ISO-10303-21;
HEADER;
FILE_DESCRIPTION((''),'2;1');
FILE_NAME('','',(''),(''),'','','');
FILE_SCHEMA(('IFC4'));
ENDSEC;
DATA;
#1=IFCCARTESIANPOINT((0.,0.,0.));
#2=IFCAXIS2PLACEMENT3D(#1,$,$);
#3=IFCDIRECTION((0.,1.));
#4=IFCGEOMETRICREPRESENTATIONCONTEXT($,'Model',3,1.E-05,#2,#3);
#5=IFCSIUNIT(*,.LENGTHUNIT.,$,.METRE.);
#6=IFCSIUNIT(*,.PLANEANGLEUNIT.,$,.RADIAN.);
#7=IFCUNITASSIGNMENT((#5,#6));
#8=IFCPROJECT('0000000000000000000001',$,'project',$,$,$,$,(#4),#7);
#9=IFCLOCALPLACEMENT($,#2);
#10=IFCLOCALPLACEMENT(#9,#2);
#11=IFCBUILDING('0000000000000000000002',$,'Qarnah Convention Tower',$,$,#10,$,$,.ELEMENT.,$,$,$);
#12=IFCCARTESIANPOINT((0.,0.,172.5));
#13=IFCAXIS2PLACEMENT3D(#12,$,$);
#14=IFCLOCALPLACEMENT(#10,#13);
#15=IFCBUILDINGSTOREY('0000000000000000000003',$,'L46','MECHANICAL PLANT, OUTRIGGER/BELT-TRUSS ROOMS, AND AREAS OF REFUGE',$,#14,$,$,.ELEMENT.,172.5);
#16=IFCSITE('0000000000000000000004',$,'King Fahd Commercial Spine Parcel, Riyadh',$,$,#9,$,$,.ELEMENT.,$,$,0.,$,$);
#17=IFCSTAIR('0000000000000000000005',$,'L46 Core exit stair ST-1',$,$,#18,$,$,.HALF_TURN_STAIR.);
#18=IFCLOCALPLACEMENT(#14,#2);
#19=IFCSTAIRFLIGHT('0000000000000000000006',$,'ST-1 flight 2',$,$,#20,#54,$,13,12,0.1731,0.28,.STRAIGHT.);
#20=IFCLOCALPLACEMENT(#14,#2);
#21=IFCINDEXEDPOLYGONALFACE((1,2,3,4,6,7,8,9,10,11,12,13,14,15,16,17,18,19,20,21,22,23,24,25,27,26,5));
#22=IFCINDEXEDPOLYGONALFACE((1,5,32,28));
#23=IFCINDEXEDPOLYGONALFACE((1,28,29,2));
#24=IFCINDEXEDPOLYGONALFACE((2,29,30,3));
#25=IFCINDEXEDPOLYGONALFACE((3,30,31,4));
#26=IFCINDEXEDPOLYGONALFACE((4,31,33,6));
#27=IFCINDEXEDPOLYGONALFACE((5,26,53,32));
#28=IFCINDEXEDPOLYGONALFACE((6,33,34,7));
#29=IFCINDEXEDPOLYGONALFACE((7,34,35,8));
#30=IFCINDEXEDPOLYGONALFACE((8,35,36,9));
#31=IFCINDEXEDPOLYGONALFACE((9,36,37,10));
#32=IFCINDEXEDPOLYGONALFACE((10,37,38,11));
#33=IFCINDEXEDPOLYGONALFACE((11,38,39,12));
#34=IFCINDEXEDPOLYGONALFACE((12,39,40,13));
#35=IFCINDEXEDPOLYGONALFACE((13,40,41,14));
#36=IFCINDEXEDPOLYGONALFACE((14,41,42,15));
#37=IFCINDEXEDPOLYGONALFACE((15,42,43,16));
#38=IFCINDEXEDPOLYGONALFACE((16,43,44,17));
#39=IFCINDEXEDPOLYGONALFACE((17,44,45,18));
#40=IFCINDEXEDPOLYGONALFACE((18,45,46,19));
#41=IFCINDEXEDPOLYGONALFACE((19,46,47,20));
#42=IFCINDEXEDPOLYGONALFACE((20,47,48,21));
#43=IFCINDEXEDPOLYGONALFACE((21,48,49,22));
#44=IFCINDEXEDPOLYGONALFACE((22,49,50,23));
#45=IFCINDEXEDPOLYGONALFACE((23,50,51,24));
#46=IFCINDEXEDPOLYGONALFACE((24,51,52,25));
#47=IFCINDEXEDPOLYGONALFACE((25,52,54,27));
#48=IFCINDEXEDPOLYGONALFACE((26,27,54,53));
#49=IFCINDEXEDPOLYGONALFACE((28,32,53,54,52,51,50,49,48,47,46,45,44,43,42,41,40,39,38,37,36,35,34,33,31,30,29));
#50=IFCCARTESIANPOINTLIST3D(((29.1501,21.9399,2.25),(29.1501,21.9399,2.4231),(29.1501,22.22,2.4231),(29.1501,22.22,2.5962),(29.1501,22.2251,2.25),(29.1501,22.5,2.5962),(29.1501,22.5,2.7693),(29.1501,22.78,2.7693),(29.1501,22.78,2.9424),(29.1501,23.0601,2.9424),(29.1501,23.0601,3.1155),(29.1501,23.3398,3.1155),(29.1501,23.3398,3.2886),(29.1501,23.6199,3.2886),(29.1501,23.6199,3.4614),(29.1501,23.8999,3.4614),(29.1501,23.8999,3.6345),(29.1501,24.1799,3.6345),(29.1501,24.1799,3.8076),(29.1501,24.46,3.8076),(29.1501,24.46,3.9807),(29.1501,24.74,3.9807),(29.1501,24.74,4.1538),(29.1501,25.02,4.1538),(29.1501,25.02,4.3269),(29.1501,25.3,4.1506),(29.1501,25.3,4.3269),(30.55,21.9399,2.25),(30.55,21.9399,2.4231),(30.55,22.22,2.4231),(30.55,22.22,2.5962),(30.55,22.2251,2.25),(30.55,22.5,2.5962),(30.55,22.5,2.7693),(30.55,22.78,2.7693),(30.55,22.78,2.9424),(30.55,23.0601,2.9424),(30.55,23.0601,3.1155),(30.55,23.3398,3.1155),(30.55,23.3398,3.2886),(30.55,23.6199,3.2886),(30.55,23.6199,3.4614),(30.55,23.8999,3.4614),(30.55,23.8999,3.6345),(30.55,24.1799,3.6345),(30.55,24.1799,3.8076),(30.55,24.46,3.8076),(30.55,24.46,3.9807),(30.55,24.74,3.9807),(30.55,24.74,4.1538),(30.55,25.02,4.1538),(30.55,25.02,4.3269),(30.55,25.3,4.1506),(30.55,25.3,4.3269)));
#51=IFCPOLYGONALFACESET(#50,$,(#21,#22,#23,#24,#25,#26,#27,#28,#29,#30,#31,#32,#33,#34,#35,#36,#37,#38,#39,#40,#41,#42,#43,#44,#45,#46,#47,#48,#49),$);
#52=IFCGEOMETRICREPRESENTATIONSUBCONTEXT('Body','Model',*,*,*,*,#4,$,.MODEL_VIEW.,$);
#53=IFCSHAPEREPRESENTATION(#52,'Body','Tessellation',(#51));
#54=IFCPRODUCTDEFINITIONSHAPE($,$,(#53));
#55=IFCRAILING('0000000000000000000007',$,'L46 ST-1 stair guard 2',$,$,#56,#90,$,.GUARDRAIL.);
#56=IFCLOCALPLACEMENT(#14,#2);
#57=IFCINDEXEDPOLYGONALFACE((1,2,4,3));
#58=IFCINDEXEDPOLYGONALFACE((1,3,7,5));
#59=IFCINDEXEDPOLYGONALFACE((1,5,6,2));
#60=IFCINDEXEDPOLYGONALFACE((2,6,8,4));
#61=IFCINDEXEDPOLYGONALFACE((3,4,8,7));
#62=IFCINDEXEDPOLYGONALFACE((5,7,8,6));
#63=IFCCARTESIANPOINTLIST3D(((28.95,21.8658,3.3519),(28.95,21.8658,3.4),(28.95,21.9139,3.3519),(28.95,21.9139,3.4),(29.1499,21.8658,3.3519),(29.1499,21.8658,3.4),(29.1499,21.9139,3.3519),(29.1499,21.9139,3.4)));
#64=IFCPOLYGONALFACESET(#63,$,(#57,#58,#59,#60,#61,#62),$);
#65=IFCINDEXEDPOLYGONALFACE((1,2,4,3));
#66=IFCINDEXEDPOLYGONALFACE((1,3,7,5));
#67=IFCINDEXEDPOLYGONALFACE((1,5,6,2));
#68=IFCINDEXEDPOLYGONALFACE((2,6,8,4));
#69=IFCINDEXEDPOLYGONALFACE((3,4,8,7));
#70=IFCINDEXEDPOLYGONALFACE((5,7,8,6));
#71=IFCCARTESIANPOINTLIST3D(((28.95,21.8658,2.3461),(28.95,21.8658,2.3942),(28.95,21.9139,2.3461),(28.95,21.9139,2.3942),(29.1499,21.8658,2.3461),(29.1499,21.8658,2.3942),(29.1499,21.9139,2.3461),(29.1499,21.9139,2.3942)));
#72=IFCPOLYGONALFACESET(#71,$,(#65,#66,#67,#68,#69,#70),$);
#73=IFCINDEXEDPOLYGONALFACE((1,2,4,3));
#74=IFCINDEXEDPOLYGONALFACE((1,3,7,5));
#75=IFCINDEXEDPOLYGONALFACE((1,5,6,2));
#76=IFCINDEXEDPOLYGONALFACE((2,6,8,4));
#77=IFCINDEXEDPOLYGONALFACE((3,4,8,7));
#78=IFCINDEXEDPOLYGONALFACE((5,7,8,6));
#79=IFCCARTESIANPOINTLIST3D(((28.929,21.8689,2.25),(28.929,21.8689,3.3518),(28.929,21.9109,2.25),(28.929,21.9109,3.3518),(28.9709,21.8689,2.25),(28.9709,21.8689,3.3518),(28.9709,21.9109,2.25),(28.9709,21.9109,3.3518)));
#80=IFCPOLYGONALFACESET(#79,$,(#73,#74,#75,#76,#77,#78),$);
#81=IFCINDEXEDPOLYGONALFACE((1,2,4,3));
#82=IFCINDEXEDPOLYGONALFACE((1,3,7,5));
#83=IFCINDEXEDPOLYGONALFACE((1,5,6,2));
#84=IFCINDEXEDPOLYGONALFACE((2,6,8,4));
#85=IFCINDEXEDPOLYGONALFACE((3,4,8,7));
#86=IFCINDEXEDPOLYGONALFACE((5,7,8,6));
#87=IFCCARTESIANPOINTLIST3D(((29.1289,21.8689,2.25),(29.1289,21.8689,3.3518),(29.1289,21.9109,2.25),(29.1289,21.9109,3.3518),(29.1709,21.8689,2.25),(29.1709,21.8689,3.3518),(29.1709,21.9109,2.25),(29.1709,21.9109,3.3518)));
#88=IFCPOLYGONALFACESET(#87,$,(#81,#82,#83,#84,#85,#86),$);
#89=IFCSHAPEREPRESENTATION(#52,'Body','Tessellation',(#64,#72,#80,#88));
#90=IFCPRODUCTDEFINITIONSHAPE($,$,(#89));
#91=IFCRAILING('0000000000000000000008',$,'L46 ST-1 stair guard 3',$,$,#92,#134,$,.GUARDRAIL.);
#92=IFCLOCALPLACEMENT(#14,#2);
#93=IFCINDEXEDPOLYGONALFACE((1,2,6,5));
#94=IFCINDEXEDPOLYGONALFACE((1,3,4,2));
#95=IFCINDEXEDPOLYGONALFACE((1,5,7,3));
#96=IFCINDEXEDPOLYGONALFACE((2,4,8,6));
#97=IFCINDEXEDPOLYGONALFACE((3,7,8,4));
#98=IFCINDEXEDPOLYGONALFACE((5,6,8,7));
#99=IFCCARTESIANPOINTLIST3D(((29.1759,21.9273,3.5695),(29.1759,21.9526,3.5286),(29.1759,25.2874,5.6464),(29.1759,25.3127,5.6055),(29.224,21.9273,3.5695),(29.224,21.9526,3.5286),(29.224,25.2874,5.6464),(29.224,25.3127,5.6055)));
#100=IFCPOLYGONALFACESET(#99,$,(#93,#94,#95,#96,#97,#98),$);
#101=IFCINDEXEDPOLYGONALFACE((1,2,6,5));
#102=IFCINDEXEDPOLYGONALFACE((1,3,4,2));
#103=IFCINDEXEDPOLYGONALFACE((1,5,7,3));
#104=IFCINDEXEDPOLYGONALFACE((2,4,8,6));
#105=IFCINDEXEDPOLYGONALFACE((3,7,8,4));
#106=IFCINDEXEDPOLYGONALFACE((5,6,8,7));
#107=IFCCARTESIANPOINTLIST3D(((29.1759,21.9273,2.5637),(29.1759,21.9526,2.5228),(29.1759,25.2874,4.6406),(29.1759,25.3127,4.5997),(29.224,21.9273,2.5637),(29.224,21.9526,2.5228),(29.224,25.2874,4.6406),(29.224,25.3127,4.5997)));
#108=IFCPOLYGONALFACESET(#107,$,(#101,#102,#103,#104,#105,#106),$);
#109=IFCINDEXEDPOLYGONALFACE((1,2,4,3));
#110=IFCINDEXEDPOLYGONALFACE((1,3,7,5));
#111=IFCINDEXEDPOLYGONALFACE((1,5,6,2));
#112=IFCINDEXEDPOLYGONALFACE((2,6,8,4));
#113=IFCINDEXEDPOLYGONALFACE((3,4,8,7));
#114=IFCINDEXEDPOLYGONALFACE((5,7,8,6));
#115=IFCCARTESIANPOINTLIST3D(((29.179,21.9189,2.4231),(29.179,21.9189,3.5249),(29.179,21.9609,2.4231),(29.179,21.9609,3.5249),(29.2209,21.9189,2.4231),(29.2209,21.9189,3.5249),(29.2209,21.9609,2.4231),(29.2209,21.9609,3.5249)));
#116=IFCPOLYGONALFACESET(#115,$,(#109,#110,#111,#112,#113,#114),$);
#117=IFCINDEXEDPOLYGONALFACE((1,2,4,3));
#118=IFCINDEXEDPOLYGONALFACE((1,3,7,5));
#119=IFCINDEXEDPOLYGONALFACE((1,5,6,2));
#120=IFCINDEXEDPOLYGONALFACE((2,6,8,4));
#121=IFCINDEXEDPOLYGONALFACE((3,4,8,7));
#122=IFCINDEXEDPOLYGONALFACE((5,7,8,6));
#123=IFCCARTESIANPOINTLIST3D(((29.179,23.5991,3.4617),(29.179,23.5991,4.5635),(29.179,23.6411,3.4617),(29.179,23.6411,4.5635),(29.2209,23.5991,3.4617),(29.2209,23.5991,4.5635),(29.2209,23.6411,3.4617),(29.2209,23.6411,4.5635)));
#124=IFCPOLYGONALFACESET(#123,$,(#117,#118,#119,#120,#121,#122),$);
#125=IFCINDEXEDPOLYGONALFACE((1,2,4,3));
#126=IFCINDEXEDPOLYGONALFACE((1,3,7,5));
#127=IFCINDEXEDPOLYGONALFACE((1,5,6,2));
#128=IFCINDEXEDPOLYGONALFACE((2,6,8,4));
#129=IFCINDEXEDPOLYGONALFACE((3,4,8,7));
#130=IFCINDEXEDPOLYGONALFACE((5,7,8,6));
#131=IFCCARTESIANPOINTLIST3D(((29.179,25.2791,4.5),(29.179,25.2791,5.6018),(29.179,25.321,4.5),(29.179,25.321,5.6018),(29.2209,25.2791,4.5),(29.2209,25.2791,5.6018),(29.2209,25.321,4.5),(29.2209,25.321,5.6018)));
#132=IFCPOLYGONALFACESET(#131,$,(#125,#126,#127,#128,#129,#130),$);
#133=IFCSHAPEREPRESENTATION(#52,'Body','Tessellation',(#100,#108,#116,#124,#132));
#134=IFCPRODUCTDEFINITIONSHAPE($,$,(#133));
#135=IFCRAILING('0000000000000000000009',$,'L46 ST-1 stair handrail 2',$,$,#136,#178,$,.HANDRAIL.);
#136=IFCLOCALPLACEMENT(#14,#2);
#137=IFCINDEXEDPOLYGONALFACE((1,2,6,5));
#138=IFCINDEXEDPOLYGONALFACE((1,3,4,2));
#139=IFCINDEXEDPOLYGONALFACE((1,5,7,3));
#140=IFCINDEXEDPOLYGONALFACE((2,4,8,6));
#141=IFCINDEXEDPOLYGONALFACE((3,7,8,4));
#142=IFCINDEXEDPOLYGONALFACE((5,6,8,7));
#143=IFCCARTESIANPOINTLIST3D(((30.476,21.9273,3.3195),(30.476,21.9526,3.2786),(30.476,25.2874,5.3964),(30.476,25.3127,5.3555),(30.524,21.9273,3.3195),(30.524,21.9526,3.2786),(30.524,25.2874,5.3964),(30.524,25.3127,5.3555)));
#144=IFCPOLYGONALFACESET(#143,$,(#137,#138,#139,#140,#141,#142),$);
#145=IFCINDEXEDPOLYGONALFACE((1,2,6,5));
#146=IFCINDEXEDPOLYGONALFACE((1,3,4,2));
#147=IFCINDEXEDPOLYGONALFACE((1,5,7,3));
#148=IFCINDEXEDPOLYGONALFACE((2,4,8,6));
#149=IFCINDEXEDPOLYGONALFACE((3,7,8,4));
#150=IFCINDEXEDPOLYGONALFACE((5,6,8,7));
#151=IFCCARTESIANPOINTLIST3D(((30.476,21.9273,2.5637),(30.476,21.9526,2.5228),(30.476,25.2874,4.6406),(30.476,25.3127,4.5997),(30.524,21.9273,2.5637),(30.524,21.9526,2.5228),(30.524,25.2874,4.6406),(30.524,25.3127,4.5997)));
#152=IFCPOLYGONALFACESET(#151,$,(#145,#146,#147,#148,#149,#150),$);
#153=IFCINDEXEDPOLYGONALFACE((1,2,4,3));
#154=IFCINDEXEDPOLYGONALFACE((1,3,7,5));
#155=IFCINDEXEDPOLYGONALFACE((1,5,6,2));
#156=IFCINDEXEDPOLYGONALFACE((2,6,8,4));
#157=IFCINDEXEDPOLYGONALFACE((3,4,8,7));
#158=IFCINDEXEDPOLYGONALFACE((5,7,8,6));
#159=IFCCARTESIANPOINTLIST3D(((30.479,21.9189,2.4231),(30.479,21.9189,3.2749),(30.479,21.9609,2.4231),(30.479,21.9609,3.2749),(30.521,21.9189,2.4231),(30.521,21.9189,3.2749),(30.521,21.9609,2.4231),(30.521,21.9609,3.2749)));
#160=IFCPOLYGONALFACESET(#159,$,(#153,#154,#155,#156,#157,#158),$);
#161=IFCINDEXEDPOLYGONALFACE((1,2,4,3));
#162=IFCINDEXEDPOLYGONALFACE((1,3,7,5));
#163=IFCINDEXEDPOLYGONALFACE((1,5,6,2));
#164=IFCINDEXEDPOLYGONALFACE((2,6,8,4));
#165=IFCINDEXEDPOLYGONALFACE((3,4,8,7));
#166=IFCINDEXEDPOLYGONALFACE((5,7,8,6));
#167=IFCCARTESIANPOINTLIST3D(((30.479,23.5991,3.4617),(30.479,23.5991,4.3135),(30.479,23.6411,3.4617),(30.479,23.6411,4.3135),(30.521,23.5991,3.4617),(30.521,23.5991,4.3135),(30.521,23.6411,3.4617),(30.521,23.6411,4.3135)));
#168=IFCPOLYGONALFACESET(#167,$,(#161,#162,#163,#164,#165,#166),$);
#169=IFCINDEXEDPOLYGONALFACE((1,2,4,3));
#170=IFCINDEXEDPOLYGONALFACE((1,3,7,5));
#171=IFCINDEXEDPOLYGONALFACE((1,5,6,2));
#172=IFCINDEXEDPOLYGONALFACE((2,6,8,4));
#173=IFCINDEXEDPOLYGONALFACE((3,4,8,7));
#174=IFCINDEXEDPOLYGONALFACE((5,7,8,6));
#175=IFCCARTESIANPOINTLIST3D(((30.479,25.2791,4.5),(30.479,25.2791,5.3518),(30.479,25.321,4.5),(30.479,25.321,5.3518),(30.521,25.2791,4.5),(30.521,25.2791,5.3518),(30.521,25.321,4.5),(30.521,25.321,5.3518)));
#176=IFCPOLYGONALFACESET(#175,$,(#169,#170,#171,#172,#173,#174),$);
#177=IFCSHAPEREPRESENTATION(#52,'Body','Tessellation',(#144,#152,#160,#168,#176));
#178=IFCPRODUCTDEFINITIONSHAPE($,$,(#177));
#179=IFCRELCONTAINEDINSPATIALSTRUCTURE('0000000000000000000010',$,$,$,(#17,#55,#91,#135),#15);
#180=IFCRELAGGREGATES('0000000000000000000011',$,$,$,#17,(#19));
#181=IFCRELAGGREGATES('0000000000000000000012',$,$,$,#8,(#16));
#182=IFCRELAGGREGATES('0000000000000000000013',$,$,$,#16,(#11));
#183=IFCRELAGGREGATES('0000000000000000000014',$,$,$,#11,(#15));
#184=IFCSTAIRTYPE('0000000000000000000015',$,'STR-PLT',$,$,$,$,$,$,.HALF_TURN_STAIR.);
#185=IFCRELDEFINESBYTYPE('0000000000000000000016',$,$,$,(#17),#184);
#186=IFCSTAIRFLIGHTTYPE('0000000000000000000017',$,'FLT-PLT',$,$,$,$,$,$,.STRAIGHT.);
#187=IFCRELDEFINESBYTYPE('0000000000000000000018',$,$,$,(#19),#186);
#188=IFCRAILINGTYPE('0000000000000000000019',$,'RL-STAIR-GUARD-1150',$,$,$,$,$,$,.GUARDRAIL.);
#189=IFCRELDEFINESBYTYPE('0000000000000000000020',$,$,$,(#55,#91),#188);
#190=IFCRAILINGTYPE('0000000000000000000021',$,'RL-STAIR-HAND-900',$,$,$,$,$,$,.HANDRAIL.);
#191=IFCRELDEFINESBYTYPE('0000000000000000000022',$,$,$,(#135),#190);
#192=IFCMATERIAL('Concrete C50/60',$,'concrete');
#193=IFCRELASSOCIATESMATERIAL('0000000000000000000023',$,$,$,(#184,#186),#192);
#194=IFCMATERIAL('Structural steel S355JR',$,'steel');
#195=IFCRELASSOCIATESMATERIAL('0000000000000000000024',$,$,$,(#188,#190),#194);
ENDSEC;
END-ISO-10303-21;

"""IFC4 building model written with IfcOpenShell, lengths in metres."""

from ifc_helpers import new_model, si_unit, direction, frame, origin, origin_2d, place, context, subcontext, project, spatial, polyline, rectangle, outline, extrude, material, type_object, element, aggregate, save


model = new_model("IFC4")

# Units and contexts
model_context = context("Model", 3, precision=1e-05, world=origin(), true_north=direction((0.0, 1.0)))
body_context = subcontext(model_context, "Body", "Model", "MODEL_VIEW")
ifc_project = project(units=[si_unit("LENGTHUNIT", "METRE"), si_unit("PLANEANGLEUNIT", "RADIAN")], contexts=[model_context])

# Site, building, storey
site_placement = place(None, origin())
site = spatial("IfcSite", under=ifc_project, at=site_placement, Name="King Fahd Commercial Spine Parcel, Riyadh", CompositionType="ELEMENT", RefElevation=0.0)
building_placement = place(site_placement, origin())
building = spatial("IfcBuilding", under=site, at=building_placement, Name="Qarnah Convention Tower", CompositionType="ELEMENT")
storey_placement = place(building_placement, frame((0.0, 0.0, 172.5)))
storey = spatial("IfcBuildingStorey", under=building, at=storey_placement, Name="L46", Description="MECHANICAL PLANT, OUTRIGGER/BELT-TRUSS ROOMS, AND AREAS OF REFUGE", CompositionType="ELEMENT", Elevation=172.5)

# Shared definitions
ifc_material_1 = material(Name="Structural steel S355JR", Category="steel")

# Stair, stair flight
ifc_material_2 = material(Name="Concrete C50/60", Category="concrete")
stair_type = type_object("IfcStairType", Name="STR-PLT", PredefinedType="HALF_TURN_STAIR", material=ifc_material_2)
stair_placement = place(storey_placement, origin())
stair = element("IfcStair", 1, at=stair_placement, inside=storey, type_object=stair_type, Name="L46 Core exit stair ST-1", PredefinedType="HALF_TURN_STAIR")
stair_flight_type = type_object("IfcStairFlightType", Name="FLT-PLT", PredefinedType="STRAIGHT", material=ifc_material_2)
stair_flight_placement = place(storey_placement, frame((29.8501, 21.9399, 2.25), z_axis=(0.0, 0.0, 1.0), x_axis=(0.0, 1.0, 0.0)))
stair_flight = element("IfcStairFlight", 2, at=stair_flight_placement, type_object=stair_flight_type, Name="ST-1 flight 2", NumberOfRisers=13, NumberOfTreads=12, PredefinedType="STRAIGHT", RiserHeight=0.1731, TreadLength=0.28, context=body_context, shape_type="SweptSolid", body=[
    extrude(outline(polyline([(0.0, 0.0), (0.0, 0.1731), (0.28, 0.1731), (0.28, 0.3462), (0.5601, 0.3462), (0.5601, 0.5193), (0.8401, 0.5193), (0.8401, 0.6924), (1.1201, 0.6924), (1.1201, 0.8655), (1.3999, 0.8655), (1.3999, 1.0386), (1.6799, 1.0386), (1.6799, 1.2114), (1.96, 1.2114), (1.96, 1.3845), (2.24, 1.3845), (2.24, 1.5576), (2.52, 1.5576), (2.52, 1.7307), (2.8, 1.7307), (2.8, 1.9038), (3.0801, 1.9038), (3.0801, 2.0769), (3.3601, 2.0769), (3.3601, 2.25), (3.3601, 1.9006), (0.2852, 0.0), (0.0, 0.0)])), frame((0.0, 0.7, 0.0), z_axis=(0.0, -1.0, 0.0), x_axis=(1.0, 0.0, 0.0)), (0.0, 0.0, 1.0), 1.3999),
])
aggregate(stair, [stair_flight])

# Railings
railing_type_1 = type_object("IfcRailingType", Name="RL-STAIR-GUARD-1150", PredefinedType="GUARDRAIL", material=ifc_material_1)
railing_1_placement = place(storey_placement, frame((28.95, 21.8899, 2.25)))
element("IfcRailing", 3, at=railing_1_placement, inside=storey, type_object=railing_type_1, Name="L46 ST-1 stair guard 2", PredefinedType="GUARDRAIL", context=body_context, shape_type="SweptSolid", body=[
    extrude(rectangle(XDim=0.0481, YDim=0.0481, at=origin_2d()), frame((0.0, 0.0, 1.126), z_axis=(1.0, 0.0, 0.0), x_axis=(0.0, 1.0, 0.0)), (0.0, 0.0, 1.0), 0.2),
    extrude(rectangle(XDim=0.0481, YDim=0.0481, at=origin_2d()), frame((0.0, 0.0, 0.1201), z_axis=(1.0, 0.0, 0.0), x_axis=(0.0, 1.0, 0.0)), (0.0, 0.0, 1.0), 0.2),
    extrude(rectangle(XDim=0.042, YDim=0.042, at=origin_2d()), origin(), (0.0, 0.0, 1.0), 1.1018),
    extrude(rectangle(XDim=0.042, YDim=0.042, at=origin_2d()), frame((0.2, 0.0, 0.0)), (0.0, 0.0, 1.0), 1.1018),
])
railing_2_placement = place(storey_placement, frame((29.2, 21.9399, 2.4231)))
element("IfcRailing", 4, at=railing_2_placement, inside=storey, type_object=railing_type_1, Name="L46 ST-1 stair guard 3", PredefinedType="GUARDRAIL", context=body_context, shape_type="SweptSolid", body=[
    extrude(rectangle(XDim=0.0481, YDim=0.0481, at=origin_2d()), frame((0.0, 0.0, 1.126), z_axis=(0.0, 0.850623, 0.525776), x_axis=(-1.0, 0.0, 0.0)), (0.0, 0.0, 1.0), 3.9502),
    extrude(rectangle(XDim=0.0481, YDim=0.0481, at=origin_2d()), frame((0.0, 0.0, 0.1201), z_axis=(0.0, 0.850623, 0.525776), x_axis=(-1.0, 0.0, 0.0)), (0.0, 0.0, 1.0), 3.9502),
    extrude(rectangle(XDim=0.042, YDim=0.042, at=origin_2d()), origin(), (0.0, 0.0, 1.0), 1.1018),
    extrude(rectangle(XDim=0.042, YDim=0.042, at=origin_2d()), frame((0.0, 1.6802, 1.0386)), (0.0, 0.0, 1.0), 1.1018),
    extrude(rectangle(XDim=0.042, YDim=0.042, at=origin_2d()), frame((0.0, 3.3601, 2.0769)), (0.0, 0.0, 1.0), 1.1018),
])
railing_type_2 = type_object("IfcRailingType", Name="RL-STAIR-HAND-900", PredefinedType="HANDRAIL", material=ifc_material_1)
railing_3_placement = place(storey_placement, frame((30.5, 21.9399, 2.4231)))
element("IfcRailing", 5, at=railing_3_placement, inside=storey, type_object=railing_type_2, Name="L46 ST-1 stair handrail 2", PredefinedType="HANDRAIL", context=body_context, shape_type="SweptSolid", body=[
    extrude(rectangle(XDim=0.0481, YDim=0.0481, at=origin_2d()), frame((0.0, 0.0, 0.876), z_axis=(0.0, 0.850623, 0.525776), x_axis=(-1.0, 0.0, 0.0)), (0.0, 0.0, 1.0), 3.9502),
    extrude(rectangle(XDim=0.0481, YDim=0.0481, at=origin_2d()), frame((0.0, 0.0, 0.1201), z_axis=(0.0, 0.850623, 0.525776), x_axis=(-1.0, 0.0, 0.0)), (0.0, 0.0, 1.0), 3.9502),
    extrude(rectangle(XDim=0.042, YDim=0.042, at=origin_2d()), origin(), (0.0, 0.0, 1.0), 0.8518),
    extrude(rectangle(XDim=0.042, YDim=0.042, at=origin_2d()), frame((0.0, 1.6802, 1.0386)), (0.0, 0.0, 1.0), 0.8518),
    extrude(rectangle(XDim=0.042, YDim=0.042, at=origin_2d()), frame((0.0, 3.3601, 2.0769)), (0.0, 0.0, 1.0), 0.8518),
])

save(model, "model.ifc")
